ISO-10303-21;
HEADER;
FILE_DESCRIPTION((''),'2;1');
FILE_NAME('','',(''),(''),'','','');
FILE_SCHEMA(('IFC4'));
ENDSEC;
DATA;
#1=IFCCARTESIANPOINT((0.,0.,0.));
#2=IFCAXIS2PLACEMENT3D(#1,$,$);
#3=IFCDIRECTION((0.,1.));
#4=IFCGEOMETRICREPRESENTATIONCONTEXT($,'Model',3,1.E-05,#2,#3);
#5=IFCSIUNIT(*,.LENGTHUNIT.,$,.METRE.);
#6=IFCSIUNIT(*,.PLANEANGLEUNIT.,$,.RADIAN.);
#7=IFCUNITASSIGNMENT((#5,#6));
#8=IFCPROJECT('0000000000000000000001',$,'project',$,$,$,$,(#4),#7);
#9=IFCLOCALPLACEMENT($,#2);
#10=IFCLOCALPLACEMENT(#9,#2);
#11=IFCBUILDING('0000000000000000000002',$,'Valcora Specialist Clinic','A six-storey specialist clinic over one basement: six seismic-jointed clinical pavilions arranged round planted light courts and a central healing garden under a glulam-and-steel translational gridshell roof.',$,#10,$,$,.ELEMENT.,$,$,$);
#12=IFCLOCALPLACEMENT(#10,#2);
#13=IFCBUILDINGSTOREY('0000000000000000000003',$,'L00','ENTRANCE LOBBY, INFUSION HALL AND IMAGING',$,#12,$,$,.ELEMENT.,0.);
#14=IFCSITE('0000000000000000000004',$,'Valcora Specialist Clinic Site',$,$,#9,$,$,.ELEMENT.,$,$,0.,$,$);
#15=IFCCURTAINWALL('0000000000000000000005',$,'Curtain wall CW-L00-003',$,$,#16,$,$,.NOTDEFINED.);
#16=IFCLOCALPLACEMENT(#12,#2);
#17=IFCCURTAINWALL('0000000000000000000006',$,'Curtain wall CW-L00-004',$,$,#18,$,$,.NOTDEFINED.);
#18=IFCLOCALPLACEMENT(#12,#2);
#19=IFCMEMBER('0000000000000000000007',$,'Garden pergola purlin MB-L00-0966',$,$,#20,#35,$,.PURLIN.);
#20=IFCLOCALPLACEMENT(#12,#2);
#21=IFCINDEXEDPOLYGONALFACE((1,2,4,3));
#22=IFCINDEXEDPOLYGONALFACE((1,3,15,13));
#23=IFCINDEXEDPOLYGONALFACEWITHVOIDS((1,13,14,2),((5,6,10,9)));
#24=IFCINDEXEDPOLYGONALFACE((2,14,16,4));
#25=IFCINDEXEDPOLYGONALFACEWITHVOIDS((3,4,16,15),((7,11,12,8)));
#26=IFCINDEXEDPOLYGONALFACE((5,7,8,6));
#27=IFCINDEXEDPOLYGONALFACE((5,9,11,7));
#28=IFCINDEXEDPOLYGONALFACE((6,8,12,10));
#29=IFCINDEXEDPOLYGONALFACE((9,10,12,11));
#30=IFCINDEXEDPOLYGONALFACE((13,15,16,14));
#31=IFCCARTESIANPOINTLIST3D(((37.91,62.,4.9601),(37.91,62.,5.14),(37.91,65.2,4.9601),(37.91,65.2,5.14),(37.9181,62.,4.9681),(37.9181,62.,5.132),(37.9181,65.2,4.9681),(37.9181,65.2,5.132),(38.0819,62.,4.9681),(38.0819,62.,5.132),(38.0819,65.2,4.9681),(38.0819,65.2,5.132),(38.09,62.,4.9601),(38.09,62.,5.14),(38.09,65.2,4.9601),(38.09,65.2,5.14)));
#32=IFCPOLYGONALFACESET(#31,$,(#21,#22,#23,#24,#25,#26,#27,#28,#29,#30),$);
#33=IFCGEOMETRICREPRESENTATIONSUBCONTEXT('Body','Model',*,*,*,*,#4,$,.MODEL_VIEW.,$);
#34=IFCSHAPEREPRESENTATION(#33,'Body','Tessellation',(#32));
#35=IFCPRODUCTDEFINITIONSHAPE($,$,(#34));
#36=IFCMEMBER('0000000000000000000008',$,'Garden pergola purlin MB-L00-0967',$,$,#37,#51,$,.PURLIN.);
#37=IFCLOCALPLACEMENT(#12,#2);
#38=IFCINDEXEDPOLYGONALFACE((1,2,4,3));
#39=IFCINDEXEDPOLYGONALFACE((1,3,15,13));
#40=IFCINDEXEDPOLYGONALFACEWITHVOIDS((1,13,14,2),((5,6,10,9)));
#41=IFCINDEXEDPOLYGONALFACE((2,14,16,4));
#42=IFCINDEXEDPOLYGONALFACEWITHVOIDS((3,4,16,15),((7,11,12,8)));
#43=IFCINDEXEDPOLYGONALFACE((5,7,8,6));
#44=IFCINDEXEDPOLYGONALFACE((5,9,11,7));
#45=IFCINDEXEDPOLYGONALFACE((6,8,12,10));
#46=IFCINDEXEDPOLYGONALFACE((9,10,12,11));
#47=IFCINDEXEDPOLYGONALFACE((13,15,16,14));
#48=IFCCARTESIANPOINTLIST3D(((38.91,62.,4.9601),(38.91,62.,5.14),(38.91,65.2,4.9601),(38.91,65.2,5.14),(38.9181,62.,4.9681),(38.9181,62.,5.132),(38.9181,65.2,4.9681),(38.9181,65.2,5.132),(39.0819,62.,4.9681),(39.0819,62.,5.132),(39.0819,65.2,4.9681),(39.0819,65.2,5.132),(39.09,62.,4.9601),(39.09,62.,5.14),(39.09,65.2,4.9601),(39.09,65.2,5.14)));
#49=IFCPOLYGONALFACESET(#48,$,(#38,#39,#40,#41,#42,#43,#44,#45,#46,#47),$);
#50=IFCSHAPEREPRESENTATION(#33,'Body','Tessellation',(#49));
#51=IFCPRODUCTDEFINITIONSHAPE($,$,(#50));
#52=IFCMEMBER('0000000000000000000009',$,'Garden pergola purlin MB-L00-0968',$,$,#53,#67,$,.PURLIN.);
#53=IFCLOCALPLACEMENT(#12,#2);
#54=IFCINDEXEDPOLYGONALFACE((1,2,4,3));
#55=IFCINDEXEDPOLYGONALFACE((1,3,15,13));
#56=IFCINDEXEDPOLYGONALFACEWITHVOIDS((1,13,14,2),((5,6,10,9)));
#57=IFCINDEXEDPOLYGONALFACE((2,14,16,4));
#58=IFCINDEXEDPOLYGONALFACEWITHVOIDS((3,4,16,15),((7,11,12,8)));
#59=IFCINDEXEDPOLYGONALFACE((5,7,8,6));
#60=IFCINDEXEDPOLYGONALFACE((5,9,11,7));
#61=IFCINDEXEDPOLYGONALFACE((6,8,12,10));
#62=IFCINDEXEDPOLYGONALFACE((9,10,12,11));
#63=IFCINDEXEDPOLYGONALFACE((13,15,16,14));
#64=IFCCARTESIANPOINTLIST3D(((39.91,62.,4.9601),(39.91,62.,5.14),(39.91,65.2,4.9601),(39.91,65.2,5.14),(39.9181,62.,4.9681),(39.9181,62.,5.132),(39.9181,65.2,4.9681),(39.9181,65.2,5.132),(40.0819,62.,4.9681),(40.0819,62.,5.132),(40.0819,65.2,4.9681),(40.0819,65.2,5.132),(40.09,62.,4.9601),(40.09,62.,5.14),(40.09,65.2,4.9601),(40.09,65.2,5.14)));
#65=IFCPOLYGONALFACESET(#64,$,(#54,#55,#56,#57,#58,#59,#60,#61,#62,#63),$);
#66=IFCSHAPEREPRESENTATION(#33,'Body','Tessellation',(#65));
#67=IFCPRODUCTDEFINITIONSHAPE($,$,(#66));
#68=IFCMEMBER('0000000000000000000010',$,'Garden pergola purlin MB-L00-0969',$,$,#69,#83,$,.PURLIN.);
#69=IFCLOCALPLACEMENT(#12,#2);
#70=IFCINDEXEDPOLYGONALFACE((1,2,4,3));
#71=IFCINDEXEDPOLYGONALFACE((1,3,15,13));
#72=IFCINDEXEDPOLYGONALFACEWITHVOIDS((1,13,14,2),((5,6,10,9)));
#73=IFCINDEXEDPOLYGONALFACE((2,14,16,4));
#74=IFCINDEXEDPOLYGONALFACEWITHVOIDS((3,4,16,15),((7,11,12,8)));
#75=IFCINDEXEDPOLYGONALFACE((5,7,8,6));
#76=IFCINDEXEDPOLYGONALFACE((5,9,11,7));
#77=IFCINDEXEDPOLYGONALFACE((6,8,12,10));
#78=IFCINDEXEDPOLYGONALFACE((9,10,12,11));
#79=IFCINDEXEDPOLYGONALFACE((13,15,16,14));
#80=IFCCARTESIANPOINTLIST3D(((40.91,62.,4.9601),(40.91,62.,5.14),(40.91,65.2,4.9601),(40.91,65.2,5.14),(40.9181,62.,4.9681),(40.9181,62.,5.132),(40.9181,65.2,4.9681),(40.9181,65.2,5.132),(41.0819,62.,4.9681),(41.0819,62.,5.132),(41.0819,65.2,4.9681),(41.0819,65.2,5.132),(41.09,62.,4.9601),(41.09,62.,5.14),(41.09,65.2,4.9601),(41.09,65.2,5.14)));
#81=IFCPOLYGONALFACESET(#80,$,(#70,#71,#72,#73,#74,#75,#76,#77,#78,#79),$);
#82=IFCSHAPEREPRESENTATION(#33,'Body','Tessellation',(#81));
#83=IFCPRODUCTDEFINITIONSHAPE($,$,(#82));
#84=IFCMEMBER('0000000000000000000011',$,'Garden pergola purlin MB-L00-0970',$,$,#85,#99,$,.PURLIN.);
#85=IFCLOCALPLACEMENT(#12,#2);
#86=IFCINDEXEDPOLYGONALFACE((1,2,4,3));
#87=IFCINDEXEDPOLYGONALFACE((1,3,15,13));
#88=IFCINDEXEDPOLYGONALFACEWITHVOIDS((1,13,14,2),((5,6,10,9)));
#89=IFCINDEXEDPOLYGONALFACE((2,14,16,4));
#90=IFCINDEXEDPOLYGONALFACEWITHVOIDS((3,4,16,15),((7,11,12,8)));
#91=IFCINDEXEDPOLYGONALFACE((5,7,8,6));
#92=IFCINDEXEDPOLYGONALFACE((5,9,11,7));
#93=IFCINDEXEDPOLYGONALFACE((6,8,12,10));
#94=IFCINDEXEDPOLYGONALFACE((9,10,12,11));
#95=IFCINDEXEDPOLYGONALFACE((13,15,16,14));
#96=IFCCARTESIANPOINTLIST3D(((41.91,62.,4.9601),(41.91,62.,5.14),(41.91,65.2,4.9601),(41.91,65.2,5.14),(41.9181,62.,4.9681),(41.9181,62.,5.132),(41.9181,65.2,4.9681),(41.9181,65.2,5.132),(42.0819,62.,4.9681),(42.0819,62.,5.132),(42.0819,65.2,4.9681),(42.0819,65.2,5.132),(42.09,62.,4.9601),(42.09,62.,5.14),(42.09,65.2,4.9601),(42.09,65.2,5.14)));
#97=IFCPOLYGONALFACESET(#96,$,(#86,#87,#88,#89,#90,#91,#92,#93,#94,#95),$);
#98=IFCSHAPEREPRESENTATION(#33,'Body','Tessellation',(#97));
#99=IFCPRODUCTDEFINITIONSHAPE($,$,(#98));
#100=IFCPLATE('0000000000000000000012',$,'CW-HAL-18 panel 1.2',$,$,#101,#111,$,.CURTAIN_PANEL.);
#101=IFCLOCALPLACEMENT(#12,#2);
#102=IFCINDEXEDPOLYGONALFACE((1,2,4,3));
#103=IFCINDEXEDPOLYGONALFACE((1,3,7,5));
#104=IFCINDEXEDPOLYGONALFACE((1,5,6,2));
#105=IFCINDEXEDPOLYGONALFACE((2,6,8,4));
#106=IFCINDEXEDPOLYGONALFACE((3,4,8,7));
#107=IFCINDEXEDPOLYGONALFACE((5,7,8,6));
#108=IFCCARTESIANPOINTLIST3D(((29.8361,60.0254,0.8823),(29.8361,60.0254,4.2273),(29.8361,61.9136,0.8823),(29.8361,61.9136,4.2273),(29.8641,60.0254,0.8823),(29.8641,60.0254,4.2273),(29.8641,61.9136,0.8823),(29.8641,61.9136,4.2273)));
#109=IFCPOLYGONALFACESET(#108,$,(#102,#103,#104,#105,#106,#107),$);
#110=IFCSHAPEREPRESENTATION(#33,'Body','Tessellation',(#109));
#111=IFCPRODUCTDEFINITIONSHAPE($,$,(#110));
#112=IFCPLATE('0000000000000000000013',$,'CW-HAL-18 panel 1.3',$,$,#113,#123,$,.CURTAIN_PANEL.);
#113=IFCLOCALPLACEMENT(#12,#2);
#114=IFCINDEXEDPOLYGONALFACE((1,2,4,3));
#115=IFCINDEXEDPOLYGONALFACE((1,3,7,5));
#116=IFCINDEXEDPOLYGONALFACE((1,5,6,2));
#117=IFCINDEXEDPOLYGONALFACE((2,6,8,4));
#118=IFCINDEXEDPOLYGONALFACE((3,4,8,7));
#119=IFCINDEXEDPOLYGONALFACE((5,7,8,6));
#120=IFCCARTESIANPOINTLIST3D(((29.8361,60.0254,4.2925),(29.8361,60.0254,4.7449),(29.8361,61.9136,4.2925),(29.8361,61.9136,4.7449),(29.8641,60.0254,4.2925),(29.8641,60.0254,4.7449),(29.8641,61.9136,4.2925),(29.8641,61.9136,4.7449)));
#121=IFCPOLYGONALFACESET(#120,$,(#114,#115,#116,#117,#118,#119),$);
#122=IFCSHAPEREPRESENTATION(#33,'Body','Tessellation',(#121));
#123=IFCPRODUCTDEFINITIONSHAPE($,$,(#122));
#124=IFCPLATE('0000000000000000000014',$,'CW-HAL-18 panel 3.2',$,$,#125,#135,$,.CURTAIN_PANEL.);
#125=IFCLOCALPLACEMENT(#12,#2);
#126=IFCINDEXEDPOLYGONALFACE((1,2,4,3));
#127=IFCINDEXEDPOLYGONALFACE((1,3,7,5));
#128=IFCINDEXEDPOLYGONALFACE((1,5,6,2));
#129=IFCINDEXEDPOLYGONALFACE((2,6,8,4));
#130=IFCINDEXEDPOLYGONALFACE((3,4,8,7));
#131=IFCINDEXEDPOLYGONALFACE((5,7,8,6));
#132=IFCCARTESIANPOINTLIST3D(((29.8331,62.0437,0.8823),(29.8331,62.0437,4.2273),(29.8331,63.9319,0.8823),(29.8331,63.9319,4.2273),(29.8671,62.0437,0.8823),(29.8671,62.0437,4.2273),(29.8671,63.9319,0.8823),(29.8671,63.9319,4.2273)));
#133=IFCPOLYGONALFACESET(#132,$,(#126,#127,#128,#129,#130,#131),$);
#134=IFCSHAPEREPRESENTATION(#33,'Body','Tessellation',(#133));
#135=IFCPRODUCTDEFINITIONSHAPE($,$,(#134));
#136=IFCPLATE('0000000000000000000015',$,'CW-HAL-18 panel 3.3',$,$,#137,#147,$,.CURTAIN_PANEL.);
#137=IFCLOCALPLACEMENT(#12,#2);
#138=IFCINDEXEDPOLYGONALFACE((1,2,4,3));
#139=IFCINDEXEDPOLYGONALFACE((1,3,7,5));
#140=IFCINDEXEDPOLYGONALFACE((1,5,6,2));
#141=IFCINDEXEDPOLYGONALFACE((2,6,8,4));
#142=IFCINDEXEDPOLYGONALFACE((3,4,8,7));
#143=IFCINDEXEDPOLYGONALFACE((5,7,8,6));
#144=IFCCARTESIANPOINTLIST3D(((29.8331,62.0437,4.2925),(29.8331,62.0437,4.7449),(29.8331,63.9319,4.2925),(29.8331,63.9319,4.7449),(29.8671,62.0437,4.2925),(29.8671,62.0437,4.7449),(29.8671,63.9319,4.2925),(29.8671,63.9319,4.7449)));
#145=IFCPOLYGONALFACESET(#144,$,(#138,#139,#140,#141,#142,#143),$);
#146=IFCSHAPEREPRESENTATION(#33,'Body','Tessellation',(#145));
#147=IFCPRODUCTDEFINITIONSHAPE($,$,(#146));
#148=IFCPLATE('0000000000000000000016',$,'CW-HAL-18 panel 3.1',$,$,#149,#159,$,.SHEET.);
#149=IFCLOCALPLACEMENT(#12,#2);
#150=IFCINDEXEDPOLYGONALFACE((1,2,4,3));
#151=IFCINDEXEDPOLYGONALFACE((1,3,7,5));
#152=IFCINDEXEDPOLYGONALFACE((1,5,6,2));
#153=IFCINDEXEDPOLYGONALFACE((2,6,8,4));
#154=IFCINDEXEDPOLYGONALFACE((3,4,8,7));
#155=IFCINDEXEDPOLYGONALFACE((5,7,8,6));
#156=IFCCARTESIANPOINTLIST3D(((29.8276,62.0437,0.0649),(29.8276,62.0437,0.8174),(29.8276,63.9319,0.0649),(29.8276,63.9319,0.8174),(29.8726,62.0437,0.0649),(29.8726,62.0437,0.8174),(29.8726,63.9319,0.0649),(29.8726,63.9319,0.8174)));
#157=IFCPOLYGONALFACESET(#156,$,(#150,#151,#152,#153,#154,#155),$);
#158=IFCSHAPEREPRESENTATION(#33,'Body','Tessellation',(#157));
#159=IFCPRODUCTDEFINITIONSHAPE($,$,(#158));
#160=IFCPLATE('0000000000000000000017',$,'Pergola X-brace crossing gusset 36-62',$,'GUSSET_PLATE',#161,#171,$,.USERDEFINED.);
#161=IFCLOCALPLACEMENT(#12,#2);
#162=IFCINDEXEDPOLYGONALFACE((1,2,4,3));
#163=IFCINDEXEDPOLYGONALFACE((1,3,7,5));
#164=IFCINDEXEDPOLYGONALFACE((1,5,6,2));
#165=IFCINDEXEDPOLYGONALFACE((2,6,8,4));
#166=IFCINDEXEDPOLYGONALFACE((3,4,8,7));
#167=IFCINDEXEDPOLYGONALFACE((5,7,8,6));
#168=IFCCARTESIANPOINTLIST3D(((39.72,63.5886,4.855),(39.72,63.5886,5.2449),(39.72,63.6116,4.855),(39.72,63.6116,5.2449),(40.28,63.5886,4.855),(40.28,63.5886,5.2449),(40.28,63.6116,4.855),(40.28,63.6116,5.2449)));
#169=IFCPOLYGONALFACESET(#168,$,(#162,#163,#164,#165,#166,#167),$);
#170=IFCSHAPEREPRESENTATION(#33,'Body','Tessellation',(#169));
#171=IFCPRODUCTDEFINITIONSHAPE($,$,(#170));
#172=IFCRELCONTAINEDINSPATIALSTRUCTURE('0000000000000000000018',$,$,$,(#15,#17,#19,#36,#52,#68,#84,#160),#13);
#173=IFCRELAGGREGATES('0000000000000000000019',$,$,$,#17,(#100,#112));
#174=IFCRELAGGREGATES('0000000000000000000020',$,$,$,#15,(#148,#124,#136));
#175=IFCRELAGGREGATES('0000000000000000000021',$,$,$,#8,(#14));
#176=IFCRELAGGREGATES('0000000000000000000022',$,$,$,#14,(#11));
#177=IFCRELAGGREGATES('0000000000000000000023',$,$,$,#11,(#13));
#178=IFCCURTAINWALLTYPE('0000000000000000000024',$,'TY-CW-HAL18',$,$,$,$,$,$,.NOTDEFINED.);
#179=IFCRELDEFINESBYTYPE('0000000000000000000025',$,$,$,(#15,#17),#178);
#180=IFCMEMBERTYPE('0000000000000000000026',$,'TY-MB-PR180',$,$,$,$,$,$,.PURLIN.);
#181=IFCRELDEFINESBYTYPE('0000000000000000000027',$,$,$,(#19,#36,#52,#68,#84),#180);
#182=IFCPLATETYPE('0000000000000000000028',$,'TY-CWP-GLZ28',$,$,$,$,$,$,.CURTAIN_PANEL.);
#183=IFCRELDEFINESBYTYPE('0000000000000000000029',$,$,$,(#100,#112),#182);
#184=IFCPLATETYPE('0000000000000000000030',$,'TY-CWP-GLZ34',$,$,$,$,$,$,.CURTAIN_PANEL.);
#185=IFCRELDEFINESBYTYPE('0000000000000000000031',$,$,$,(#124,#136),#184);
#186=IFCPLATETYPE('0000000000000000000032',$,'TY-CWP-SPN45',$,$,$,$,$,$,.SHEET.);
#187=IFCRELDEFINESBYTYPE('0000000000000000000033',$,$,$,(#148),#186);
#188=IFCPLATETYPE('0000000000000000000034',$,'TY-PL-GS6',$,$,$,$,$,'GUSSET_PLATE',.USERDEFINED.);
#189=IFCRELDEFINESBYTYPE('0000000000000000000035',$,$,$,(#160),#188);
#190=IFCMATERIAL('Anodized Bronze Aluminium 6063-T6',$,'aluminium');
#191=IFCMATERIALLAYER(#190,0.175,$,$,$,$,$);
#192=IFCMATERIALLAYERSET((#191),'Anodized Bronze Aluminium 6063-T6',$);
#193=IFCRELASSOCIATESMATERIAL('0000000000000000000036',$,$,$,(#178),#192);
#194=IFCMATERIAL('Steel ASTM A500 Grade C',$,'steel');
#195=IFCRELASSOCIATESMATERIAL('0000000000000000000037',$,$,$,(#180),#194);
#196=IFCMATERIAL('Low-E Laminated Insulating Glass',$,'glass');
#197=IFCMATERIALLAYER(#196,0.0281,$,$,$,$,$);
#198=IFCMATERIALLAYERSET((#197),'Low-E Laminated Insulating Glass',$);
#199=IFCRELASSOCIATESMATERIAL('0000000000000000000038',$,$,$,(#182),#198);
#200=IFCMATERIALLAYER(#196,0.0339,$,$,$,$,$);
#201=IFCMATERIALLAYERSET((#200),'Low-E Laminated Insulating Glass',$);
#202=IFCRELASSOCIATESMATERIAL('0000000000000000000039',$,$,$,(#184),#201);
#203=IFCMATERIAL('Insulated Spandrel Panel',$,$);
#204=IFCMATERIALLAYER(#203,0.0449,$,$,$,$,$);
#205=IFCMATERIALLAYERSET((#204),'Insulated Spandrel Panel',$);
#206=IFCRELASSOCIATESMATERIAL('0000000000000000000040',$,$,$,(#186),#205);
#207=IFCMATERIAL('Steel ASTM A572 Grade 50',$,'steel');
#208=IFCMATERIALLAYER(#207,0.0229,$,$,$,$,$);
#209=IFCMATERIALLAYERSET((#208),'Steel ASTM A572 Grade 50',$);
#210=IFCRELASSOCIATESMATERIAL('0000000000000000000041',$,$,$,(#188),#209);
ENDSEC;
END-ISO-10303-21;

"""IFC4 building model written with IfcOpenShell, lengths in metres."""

from ifc_helpers import new_model, si_unit, direction, frame, origin, origin_2d, place, context, subcontext, project, spatial, rectangle, hollow_rectangle, extrude, material, layer, layer_set, material_profile, profile_set, type_object, element, aggregate, save


model = new_model("IFC4")

# Units and contexts
model_context = context("Model", 3, precision=1e-05, world=origin(), true_north=direction((0.0, 1.0)))
body_context = subcontext(model_context, "Body", "Model", "MODEL_VIEW")
ifc_project = project(units=[si_unit("LENGTHUNIT", "METRE"), si_unit("PLANEANGLEUNIT", "RADIAN")], contexts=[model_context])

# Site, building, storey
site_placement = place(None, origin())
site = spatial("IfcSite", under=ifc_project, at=site_placement, Name="Valcora Specialist Clinic Site", CompositionType="ELEMENT", RefElevation=0.0)
building_placement = place(site_placement, origin())
building = spatial("IfcBuilding", under=site, at=building_placement, Name="Valcora Specialist Clinic", Description="A six-storey specialist clinic over one basement: six seismic-jointed clinical pavilions arranged round planted light courts and a central healing garden under a glulam-and-steel translational gridshell roof.", CompositionType="ELEMENT")
storey_placement = place(building_placement, origin())
storey = spatial("IfcBuildingStorey", under=building, at=storey_placement, Name="L00", Description="ENTRANCE LOBBY, INFUSION HALL AND IMAGING", CompositionType="ELEMENT", Elevation=0.0)

# Curtain wall
ifc_material_1 = material(Name="Anodized Bronze Aluminium 6063-T6", Category="aluminium")
ifc_layer_1 = layer(ifc_material_1, 0.175)
ifc_layer_set_1 = layer_set([ifc_layer_1], Name="Anodized Bronze Aluminium 6063-T6")
curtain_wall_type = type_object("IfcCurtainWallType", Name="TY-CW-HAL18", PredefinedType="NOTDEFINED", material=ifc_layer_set_1)
curtain_wall_1_placement = place(storey_placement, origin())
curtain_wall_1 = element("IfcCurtainWall", 1, at=curtain_wall_1_placement, inside=storey, type_object=curtain_wall_type, Name="Curtain wall CW-L00-003", PredefinedType="NOTDEFINED")

# Curtain wall
curtain_wall_2_placement = place(storey_placement, origin())
curtain_wall_2 = element("IfcCurtainWall", 2, at=curtain_wall_2_placement, inside=storey, type_object=curtain_wall_type, Name="Curtain wall CW-L00-004", PredefinedType="NOTDEFINED")

# Members
ifc_material_2 = material(Name="Steel ASTM A500 Grade C", Category="steel")
ifc_material_profile_1 = material_profile(ifc_material_2, hollow_rectangle(XDim=0.1799, YDim=0.1799, WallThickness=0.0081, at=origin_2d()), Name="ST-RHS-180X180X8")
ifc_profile_set_1 = profile_set([ifc_material_profile_1], Name="Steel ASTM A500 Grade C")
member_type_1 = type_object("IfcMemberType", Name="TY-MB-PR180", PredefinedType="PURLIN", material=ifc_profile_set_1)
for number, where, z_axis, x_axis, name in (
    (3, (38.0, 62.0, 5.05), (0.0, 1.0, 0.0), (-1.0, 0.0, 0.0), "Garden pergola purlin MB-L00-0966"),
    (4, (39.0, 62.0, 5.05), (0.0, 1.0, 0.0), (-1.0, 0.0, 0.0), "Garden pergola purlin MB-L00-0967"),
    (5, (40.0, 62.0, 5.05), (0.0, 1.0, 0.0), (-1.0, 0.0, 0.0), "Garden pergola purlin MB-L00-0968"),
    (6, (41.0, 62.0, 5.05), (0.0, 1.0, 0.0), (-1.0, 0.0, 0.0), "Garden pergola purlin MB-L00-0969"),
    (7, (42.0, 62.0, 5.05), (0.0, 1.0, 0.0), (-1.0, 0.0, 0.0), "Garden pergola purlin MB-L00-0970"),
):
    element("IfcMember", number, at=place(storey_placement, frame(where, z_axis=z_axis, x_axis=x_axis)), inside=storey, type_object=member_type_1, Name=name, PredefinedType="PURLIN", context=body_context, shape_type="SweptSolid", body=[
        extrude(hollow_rectangle(XDim=0.1799, YDim=0.1799, WallThickness=0.0081, at=origin_2d()), origin(), (0.0, 0.0, 1.0), 3.2),
    ])

# Plates
ifc_material_3 = material(Name="Low-E Laminated Insulating Glass", Category="glass")
ifc_layer_2 = layer(ifc_material_3, 0.0281)
ifc_layer_set_2 = layer_set([ifc_layer_2], Name="Low-E Laminated Insulating Glass")
plate_type_1 = type_object("IfcPlateType", Name="TY-CWP-GLZ28", PredefinedType="CURTAIN_PANEL", material=ifc_layer_set_2)
plate_1_placement = place(storey_placement, frame((29.8501, 60.9695, 0.8823), z_axis=(0.0, 0.0, 1.0), x_axis=(0.0, -1.0, 0.0)))
plate_1 = element("IfcPlate", 8, at=plate_1_placement, type_object=plate_type_1, Name="CW-HAL-18 panel 1.2", PredefinedType="CURTAIN_PANEL", context=body_context, shape_type="SweptSolid", body=[
    extrude(rectangle(XDim=1.8882, YDim=0.0281, at=origin_2d()), origin(), (0.0, 0.0, 1.0), 3.345),
])
plate_2_placement = place(storey_placement, frame((29.8501, 60.9695, 4.2925), z_axis=(0.0, 0.0, 1.0), x_axis=(0.0, -1.0, 0.0)))
plate_2 = element("IfcPlate", 9, at=plate_2_placement, type_object=plate_type_1, Name="CW-HAL-18 panel 1.3", PredefinedType="CURTAIN_PANEL", context=body_context, shape_type="SweptSolid", body=[
    extrude(rectangle(XDim=1.8882, YDim=0.0281, at=origin_2d()), origin(), (0.0, 0.0, 1.0), 0.4524),
])
aggregate(curtain_wall_2, [plate_1, plate_2])
ifc_layer_3 = layer(ifc_material_3, 0.0339)
ifc_layer_set_3 = layer_set([ifc_layer_3], Name="Low-E Laminated Insulating Glass")
plate_type_2 = type_object("IfcPlateType", Name="TY-CWP-GLZ34", PredefinedType="CURTAIN_PANEL", material=ifc_layer_set_3)
plate_3_placement = place(storey_placement, frame((29.8501, 62.9878, 0.8823), z_axis=(0.0, 0.0, 1.0), x_axis=(0.0, -1.0, 0.0)))
plate_3 = element("IfcPlate", 10, at=plate_3_placement, type_object=plate_type_2, Name="CW-HAL-18 panel 3.2", PredefinedType="CURTAIN_PANEL", context=body_context, shape_type="SweptSolid", body=[
    extrude(rectangle(XDim=1.8882, YDim=0.0339, at=origin_2d()), origin(), (0.0, 0.0, 1.0), 3.345),
])
plate_4_placement = place(storey_placement, frame((29.8501, 62.9878, 4.2925), z_axis=(0.0, 0.0, 1.0), x_axis=(0.0, -1.0, 0.0)))
plate_4 = element("IfcPlate", 11, at=plate_4_placement, type_object=plate_type_2, Name="CW-HAL-18 panel 3.3", PredefinedType="CURTAIN_PANEL", context=body_context, shape_type="SweptSolid", body=[
    extrude(rectangle(XDim=1.8882, YDim=0.0339, at=origin_2d()), origin(), (0.0, 0.0, 1.0), 0.4524),
])
ifc_material_4 = material(Name="Insulated Spandrel Panel")
ifc_layer_4 = layer(ifc_material_4, 0.0449)
ifc_layer_set_4 = layer_set([ifc_layer_4], Name="Insulated Spandrel Panel")
plate_type_3 = type_object("IfcPlateType", Name="TY-CWP-SPN45", PredefinedType="SHEET", material=ifc_layer_set_4)
plate_5_placement = place(storey_placement, frame((29.8501, 62.9878, 0.0649), z_axis=(0.0, 0.0, 1.0), x_axis=(0.0, -1.0, 0.0)))
plate_5 = element("IfcPlate", 12, at=plate_5_placement, type_object=plate_type_3, Name="CW-HAL-18 panel 3.1", PredefinedType="SHEET", context=body_context, shape_type="SweptSolid", body=[
    extrude(rectangle(XDim=1.8882, YDim=0.0449, at=origin_2d()), origin(), (0.0, 0.0, 1.0), 0.7524),
])
aggregate(curtain_wall_1, [plate_5, plate_3, plate_4])
ifc_material_5 = material(Name="Steel ASTM A572 Grade 50", Category="steel")
ifc_layer_5 = layer(ifc_material_5, 0.0229)
ifc_layer_set_5 = layer_set([ifc_layer_5], Name="Steel ASTM A572 Grade 50")
plate_type_4 = type_object("IfcPlateType", Name="TY-PL-GS6", ElementType="GUSSET_PLATE", PredefinedType="USERDEFINED", material=ifc_layer_set_5)
plate_6_placement = place(storey_placement, frame((40.0, 63.6001, 4.855), z_axis=(0.0, 0.0, 1.0), x_axis=(1.0, 0.0, 0.0)))
element("IfcPlate", 13, at=plate_6_placement, inside=storey, type_object=plate_type_4, Name="Pergola X-brace crossing gusset 36-62", ObjectType="GUSSET_PLATE", PredefinedType="USERDEFINED", context=body_context, shape_type="SweptSolid", body=[
    extrude(rectangle(XDim=0.5601, YDim=0.0229, at=origin_2d()), origin(), (0.0, 0.0, 1.0), 0.3899),
])

save(model, "model.ifc")
